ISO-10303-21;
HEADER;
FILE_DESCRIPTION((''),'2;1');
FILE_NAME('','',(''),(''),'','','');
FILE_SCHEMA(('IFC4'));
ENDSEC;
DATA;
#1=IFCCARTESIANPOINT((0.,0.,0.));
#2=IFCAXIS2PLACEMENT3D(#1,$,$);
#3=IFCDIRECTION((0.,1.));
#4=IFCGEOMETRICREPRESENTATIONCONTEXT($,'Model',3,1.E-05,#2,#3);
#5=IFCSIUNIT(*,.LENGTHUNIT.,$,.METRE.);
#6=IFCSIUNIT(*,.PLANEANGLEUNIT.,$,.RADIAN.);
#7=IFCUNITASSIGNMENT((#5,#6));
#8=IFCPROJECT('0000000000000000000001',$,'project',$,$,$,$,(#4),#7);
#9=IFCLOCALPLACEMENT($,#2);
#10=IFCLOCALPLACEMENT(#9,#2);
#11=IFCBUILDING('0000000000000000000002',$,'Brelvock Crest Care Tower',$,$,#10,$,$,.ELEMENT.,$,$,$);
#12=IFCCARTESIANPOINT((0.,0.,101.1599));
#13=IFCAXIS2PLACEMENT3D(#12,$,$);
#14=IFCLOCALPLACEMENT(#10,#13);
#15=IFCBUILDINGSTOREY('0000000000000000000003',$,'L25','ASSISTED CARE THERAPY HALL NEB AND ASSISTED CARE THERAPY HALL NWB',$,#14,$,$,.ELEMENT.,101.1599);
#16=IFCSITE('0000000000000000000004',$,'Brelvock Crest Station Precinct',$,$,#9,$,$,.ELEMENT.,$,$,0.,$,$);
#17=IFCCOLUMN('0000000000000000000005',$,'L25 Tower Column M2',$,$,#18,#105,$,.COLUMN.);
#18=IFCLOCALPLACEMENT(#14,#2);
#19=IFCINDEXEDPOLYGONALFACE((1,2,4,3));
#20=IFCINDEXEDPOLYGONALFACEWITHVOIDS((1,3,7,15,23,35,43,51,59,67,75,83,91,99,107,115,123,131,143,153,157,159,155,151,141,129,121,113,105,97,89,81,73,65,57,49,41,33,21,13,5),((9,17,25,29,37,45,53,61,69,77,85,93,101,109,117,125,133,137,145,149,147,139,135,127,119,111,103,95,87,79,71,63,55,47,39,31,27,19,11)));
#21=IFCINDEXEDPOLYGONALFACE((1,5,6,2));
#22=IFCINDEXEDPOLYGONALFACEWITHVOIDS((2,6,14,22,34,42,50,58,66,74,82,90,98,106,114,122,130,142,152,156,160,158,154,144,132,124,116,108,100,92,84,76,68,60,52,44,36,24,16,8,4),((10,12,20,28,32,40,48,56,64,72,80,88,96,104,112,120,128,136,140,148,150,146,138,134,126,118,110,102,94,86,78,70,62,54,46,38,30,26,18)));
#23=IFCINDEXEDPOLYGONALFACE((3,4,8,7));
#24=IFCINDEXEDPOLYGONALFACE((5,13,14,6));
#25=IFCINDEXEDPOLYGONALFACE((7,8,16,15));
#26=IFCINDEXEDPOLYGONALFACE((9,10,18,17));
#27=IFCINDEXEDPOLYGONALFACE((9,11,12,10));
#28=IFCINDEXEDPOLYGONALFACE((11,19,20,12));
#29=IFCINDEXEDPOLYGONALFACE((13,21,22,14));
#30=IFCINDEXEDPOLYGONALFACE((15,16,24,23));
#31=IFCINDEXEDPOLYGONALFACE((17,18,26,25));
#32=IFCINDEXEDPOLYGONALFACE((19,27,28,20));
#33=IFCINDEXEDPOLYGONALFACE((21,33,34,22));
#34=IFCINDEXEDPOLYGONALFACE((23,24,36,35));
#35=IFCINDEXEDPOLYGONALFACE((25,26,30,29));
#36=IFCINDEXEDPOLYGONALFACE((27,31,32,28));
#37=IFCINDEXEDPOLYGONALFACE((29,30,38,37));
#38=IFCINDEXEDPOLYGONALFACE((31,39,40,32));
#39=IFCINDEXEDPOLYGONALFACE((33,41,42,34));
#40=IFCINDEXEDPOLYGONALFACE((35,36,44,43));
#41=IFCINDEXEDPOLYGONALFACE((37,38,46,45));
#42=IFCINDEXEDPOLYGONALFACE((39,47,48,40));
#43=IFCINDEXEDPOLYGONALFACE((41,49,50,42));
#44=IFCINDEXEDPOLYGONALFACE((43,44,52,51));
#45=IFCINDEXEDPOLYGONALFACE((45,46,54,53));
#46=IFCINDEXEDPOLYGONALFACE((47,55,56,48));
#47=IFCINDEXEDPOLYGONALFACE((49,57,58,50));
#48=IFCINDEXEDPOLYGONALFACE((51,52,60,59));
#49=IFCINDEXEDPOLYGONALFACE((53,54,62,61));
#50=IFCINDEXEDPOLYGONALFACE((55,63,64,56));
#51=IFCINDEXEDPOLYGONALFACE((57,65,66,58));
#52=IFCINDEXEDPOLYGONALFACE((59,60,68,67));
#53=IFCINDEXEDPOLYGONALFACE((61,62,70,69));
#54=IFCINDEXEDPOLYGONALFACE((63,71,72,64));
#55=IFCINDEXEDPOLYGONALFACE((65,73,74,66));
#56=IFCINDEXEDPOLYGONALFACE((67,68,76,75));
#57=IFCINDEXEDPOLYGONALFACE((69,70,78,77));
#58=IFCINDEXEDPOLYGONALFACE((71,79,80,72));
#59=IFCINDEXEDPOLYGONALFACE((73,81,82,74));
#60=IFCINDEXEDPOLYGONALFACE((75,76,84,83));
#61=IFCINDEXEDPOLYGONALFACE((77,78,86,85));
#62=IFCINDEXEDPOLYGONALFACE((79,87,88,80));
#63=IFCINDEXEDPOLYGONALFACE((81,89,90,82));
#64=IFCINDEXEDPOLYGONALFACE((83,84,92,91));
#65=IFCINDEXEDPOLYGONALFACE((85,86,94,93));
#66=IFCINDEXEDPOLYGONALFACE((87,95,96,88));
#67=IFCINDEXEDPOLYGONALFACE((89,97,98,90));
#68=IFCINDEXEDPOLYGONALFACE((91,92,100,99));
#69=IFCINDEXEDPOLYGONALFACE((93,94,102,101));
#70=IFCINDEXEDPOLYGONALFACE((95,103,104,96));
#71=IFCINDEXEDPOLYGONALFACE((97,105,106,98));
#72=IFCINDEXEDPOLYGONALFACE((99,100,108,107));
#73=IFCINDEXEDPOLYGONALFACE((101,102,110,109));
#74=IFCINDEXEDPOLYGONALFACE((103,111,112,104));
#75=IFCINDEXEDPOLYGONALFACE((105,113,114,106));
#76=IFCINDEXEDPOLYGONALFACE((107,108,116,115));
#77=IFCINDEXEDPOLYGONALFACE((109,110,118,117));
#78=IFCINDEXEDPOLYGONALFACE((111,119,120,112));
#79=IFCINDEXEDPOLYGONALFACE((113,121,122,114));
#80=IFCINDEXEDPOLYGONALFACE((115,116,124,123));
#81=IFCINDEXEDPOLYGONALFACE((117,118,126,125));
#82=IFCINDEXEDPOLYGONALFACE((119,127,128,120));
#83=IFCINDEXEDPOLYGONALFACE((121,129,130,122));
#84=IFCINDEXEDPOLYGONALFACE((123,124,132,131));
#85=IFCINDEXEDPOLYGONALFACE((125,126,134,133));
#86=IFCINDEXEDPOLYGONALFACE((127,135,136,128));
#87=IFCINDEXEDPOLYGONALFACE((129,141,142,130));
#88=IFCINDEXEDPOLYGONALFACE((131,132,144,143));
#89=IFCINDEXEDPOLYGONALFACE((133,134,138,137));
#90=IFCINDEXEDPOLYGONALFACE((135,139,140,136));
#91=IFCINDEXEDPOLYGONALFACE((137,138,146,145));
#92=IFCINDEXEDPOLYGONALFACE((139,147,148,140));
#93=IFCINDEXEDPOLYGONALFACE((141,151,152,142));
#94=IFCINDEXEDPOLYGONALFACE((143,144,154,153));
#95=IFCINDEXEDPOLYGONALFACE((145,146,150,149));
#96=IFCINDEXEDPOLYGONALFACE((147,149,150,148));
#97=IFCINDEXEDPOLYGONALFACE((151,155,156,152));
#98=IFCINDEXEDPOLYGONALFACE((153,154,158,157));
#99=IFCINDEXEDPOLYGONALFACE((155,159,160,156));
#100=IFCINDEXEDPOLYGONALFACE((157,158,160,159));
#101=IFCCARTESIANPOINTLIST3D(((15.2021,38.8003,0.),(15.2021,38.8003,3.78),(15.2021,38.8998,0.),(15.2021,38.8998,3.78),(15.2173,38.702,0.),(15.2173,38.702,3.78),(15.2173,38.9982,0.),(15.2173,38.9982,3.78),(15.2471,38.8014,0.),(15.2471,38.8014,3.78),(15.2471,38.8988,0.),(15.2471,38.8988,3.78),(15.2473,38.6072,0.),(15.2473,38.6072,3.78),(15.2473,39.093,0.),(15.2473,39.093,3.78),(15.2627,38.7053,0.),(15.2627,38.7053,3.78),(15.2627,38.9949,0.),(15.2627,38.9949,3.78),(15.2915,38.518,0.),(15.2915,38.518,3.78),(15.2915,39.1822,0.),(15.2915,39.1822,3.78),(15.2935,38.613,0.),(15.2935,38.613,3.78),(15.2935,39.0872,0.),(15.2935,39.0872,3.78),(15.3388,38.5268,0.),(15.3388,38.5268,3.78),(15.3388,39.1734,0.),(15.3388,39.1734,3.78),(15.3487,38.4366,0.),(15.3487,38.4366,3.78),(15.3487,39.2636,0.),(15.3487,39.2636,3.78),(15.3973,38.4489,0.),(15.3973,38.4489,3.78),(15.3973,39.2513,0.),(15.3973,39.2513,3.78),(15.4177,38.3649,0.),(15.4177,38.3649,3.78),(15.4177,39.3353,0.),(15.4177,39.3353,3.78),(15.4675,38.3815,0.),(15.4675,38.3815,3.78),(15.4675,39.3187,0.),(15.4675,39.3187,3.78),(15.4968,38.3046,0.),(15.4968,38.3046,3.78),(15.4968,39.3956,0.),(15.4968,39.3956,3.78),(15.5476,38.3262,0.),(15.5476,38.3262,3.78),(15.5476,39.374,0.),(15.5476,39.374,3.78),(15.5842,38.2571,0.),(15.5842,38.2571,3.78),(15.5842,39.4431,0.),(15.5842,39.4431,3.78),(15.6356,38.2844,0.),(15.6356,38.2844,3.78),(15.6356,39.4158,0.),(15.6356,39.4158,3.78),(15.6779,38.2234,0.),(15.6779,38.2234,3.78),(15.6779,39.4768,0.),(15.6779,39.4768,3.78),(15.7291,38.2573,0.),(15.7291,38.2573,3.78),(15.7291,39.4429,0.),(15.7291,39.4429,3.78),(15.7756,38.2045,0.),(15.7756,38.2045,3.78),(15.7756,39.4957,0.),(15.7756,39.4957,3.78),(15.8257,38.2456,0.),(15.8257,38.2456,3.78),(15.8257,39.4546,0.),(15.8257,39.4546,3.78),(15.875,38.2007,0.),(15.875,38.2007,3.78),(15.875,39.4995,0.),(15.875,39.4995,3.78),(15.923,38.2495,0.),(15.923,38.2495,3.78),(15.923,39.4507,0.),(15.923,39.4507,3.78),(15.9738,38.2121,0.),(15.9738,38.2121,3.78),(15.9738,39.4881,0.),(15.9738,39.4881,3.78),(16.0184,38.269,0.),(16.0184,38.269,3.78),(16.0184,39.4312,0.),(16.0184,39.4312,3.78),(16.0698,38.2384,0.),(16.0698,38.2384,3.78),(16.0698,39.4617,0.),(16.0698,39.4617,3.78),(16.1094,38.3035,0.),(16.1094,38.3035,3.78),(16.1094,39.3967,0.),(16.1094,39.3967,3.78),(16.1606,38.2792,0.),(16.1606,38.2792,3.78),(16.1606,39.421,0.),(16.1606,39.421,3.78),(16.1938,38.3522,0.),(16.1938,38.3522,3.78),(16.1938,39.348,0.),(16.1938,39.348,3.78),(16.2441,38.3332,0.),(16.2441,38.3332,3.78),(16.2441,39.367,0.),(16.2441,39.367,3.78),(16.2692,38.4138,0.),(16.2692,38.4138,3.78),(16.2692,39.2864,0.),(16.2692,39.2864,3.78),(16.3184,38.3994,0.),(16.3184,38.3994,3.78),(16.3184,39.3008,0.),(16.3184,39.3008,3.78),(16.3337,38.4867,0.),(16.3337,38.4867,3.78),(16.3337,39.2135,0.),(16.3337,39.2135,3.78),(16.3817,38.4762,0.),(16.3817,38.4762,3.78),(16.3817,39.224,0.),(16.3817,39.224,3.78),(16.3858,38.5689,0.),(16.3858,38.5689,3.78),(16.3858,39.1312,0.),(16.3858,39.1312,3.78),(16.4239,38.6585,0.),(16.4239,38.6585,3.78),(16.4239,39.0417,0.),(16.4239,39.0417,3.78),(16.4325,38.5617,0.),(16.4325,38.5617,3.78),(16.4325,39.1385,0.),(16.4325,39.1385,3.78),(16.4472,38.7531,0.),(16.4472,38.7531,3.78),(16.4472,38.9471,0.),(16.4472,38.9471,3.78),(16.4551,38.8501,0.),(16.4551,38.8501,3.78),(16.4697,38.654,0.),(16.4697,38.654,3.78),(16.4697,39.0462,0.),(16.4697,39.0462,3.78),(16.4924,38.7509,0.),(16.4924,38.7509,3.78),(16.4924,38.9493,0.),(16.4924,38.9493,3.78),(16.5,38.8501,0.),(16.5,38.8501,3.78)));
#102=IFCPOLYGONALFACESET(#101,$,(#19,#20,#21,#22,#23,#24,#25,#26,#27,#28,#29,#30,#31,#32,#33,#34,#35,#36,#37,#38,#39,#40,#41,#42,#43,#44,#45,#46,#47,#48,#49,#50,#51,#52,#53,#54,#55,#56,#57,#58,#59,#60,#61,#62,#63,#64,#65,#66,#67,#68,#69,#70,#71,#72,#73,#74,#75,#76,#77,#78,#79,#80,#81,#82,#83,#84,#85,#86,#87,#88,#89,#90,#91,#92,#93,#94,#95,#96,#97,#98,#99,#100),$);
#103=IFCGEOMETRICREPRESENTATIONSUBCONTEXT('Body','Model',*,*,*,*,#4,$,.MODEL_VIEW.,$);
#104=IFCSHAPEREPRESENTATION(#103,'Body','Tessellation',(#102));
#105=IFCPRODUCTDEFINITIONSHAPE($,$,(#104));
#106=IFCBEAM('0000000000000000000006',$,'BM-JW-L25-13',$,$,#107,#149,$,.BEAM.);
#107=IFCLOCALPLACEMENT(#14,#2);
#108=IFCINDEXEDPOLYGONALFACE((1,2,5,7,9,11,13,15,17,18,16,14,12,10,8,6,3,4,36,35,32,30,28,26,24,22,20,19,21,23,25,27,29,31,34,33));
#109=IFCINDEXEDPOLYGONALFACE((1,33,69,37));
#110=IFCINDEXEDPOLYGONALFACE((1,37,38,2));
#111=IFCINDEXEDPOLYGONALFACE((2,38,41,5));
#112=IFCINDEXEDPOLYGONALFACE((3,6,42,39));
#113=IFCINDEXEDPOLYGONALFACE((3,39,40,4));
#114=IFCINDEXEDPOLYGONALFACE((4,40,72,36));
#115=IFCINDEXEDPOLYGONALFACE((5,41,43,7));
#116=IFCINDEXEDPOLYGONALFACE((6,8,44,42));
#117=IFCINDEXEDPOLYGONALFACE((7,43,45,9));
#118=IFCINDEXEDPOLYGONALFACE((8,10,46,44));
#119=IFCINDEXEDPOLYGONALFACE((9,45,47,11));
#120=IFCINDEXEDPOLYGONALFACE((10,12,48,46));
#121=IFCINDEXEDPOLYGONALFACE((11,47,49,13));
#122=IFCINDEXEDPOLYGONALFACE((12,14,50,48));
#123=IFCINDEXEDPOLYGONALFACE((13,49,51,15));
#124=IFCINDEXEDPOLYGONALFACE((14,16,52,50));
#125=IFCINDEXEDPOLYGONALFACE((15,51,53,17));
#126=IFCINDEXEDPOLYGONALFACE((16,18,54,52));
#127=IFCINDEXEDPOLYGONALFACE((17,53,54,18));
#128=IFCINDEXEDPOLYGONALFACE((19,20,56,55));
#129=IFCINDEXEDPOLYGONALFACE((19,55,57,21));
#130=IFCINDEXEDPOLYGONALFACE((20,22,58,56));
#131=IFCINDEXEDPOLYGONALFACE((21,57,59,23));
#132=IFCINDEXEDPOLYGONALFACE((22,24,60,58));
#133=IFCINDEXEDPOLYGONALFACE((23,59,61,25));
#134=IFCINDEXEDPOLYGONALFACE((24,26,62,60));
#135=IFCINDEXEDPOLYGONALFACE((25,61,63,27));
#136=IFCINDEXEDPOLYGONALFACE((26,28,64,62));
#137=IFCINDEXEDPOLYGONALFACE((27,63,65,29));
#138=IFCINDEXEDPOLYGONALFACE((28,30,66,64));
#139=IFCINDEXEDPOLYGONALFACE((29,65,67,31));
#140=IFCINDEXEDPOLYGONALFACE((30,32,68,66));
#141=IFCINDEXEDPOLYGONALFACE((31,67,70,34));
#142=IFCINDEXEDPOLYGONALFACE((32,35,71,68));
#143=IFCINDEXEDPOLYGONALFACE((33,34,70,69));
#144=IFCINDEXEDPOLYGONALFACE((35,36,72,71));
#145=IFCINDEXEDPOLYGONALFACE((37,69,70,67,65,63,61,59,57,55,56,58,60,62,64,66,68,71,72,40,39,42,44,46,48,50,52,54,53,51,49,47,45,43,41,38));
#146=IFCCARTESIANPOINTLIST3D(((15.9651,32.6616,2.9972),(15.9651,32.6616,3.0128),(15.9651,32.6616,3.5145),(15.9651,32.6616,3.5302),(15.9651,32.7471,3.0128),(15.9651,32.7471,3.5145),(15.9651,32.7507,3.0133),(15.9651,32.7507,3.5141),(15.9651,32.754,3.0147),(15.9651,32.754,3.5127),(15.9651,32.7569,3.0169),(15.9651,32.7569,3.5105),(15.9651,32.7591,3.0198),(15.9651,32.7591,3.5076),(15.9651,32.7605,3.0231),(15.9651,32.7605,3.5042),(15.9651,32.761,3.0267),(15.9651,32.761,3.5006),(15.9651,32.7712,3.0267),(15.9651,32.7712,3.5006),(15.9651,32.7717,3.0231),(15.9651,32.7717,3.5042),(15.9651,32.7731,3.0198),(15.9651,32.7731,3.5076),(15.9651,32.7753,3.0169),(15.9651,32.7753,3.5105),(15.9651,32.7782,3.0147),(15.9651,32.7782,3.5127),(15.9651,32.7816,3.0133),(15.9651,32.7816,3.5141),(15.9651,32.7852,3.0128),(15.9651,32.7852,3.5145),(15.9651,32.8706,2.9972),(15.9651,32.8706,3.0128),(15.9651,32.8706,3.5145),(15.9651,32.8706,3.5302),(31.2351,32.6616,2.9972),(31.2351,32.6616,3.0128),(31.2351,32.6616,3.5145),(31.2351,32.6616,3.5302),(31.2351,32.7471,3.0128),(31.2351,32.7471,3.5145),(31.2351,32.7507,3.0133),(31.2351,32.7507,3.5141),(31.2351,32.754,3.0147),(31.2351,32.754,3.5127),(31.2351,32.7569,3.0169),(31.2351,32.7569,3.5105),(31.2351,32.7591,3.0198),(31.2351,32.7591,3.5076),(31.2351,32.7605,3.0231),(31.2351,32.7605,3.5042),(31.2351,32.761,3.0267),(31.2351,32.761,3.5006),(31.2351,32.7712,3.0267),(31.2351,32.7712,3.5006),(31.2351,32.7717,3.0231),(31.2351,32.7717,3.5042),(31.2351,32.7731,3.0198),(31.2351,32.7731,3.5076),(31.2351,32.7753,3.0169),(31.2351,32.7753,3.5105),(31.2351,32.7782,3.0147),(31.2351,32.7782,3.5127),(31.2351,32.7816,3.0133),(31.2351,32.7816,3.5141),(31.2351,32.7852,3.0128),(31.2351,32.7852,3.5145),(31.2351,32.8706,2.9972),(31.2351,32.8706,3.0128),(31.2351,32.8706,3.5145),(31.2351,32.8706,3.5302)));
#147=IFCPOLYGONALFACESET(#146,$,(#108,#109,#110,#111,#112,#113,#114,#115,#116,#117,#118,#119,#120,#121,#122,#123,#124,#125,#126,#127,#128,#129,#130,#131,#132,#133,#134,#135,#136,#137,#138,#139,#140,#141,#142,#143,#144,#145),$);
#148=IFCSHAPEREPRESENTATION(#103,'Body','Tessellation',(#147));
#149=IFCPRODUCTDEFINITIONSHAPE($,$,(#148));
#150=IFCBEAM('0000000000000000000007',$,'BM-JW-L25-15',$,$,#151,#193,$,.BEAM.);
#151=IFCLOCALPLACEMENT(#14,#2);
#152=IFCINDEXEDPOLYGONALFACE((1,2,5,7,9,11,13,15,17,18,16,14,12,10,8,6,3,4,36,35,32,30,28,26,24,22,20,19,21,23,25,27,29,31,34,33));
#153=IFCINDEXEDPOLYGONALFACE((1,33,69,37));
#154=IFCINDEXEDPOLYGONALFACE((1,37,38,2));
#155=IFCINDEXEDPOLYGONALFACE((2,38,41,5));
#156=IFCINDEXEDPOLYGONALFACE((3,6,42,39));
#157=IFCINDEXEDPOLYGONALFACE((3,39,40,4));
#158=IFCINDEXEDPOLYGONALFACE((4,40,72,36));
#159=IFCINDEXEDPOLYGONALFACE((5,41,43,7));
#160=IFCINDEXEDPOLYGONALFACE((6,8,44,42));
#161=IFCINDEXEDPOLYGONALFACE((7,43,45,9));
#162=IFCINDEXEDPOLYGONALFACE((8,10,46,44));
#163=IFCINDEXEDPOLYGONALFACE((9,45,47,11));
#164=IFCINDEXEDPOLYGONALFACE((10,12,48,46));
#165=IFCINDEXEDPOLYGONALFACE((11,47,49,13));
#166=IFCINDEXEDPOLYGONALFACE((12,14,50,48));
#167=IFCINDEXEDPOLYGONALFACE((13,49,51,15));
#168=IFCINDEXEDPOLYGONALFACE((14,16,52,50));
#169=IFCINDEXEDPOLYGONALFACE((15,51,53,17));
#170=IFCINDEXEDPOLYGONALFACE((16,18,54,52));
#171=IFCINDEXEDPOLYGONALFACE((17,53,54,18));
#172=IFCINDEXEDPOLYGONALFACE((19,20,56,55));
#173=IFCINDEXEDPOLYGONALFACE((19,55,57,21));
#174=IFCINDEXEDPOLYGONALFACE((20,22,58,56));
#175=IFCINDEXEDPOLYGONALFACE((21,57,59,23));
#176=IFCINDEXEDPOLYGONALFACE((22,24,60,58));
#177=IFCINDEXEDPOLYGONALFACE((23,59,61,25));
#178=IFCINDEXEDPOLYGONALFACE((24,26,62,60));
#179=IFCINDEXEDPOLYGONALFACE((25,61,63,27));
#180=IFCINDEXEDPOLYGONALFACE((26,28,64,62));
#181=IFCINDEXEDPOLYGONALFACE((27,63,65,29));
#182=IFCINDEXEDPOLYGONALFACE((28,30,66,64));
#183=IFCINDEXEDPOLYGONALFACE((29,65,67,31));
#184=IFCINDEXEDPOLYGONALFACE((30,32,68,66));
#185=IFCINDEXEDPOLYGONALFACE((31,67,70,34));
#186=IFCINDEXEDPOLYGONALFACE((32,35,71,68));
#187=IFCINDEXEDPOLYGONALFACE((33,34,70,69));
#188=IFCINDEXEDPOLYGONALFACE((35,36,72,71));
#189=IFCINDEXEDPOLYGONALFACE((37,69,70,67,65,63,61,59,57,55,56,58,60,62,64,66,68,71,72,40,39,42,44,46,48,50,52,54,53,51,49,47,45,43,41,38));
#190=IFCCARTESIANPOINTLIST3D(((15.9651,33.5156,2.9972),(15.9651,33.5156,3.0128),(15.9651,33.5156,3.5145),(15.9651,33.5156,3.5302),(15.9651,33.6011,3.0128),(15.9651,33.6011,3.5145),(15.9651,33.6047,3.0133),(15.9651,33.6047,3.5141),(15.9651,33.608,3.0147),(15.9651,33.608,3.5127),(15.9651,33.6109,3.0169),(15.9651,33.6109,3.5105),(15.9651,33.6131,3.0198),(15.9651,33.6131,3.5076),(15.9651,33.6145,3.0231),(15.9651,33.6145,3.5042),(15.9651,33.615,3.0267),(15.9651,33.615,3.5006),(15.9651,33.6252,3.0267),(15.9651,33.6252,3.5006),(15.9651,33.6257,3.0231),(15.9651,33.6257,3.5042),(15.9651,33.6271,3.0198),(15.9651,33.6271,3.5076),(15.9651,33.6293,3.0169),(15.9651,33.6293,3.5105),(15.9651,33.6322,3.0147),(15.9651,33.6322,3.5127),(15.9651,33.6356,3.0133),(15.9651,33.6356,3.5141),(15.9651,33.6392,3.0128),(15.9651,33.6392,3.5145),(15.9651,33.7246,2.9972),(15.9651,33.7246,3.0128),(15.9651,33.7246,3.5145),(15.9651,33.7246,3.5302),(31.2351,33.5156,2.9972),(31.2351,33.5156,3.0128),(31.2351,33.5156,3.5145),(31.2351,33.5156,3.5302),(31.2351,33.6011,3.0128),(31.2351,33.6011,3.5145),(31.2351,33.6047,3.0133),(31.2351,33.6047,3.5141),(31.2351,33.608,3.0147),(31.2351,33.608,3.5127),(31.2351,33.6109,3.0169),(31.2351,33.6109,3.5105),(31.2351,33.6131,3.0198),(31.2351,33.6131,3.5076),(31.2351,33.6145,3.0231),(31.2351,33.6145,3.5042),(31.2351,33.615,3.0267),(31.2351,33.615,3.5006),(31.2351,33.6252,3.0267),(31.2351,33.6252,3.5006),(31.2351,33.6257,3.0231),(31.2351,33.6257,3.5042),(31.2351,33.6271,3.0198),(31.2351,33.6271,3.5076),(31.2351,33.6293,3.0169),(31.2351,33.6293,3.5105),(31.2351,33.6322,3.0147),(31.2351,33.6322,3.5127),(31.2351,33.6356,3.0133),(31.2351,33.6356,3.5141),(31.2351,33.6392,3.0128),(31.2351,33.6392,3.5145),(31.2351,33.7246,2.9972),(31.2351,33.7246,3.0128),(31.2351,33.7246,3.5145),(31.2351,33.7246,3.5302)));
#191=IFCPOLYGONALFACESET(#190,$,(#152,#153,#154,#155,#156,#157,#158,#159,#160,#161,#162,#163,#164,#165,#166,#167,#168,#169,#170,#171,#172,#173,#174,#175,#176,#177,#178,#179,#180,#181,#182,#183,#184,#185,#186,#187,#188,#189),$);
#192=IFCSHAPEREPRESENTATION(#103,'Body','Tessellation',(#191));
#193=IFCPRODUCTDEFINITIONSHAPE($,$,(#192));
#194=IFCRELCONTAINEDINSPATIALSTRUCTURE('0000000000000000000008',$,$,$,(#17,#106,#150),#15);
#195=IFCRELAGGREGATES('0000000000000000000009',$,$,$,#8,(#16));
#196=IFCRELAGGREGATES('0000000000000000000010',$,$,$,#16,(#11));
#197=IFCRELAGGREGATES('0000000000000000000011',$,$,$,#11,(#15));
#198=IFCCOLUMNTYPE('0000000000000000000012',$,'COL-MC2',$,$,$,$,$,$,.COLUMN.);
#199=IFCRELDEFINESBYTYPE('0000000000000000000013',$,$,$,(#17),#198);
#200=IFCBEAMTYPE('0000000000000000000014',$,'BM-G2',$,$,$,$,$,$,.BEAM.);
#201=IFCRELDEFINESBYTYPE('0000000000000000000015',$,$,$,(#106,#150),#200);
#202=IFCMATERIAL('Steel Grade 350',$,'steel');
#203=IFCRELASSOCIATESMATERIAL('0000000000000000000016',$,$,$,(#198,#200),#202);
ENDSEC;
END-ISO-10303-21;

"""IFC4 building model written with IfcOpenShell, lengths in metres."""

from ifc_helpers import new_model, si_unit, direction, frame, origin, origin_2d, place, context, subcontext, project, spatial, hollow_circle, i_section, extrude, source, transform, mapped, material, material_profile, profile_set, type_object, element, save


model = new_model("IFC4")

# Units and contexts
model_context = context("Model", 3, precision=1e-05, world=origin(), true_north=direction((0.0, 1.0)))
body_context = subcontext(model_context, "Body", "Model", "MODEL_VIEW")
ifc_project = project(units=[si_unit("LENGTHUNIT", "METRE"), si_unit("PLANEANGLEUNIT", "RADIAN")], contexts=[model_context])

# Site, building, storey
site_placement = place(None, origin())
site = spatial("IfcSite", under=ifc_project, at=site_placement, Name="Brelvock Crest Station Precinct", CompositionType="ELEMENT", RefElevation=0.0)
building_placement = place(site_placement, origin())
building = spatial("IfcBuilding", under=site, at=building_placement, Name="Brelvock Crest Care Tower", CompositionType="ELEMENT")
storey_placement = place(building_placement, frame((0.0, 0.0, 101.1599)))
storey = spatial("IfcBuildingStorey", under=building, at=storey_placement, Name="L25", Description="ASSISTED CARE THERAPY HALL NEB AND ASSISTED CARE THERAPY HALL NWB", CompositionType="ELEMENT", Elevation=101.1599)

# Column
ifc_material_1 = material(Name="Steel Grade 350", Category="steel")
ifc_material_profile_1 = material_profile(ifc_material_1, hollow_circle(Radius=0.6499, WallThickness=0.0449, at=origin_2d()), Name="CFT1300x45")
ifc_profile_set_1 = profile_set([ifc_material_profile_1], Name="Steel Grade 350")
column_type = type_object("IfcColumnType", Name="COL-MC2", PredefinedType="COLUMN", material=ifc_profile_set_1)
shared_shape_1 = source(origin(), body_context, "Body", "SweptSolid", [
    extrude(hollow_circle(Radius=0.6499, WallThickness=0.0449, at=origin_2d()), origin(), (0.0, 0.0, 1.0), 3.78),
])
column_placement = place(storey_placement, frame((15.8501, 38.8501, 0.0), z_axis=(0.0, 0.0, 1.0), x_axis=(1.0, 0.0, 0.0)))
element("IfcColumn", 1, at=column_placement, inside=storey, type_object=column_type, Name="L25 Tower Column M2", PredefinedType="COLUMN", context=body_context, shape_type="MappedRepresentation", body=[
    mapped(shared_shape_1, transform((0.0, 0.0, 0.0), x_axis=(1.0, 0.0, 0.0), y_axis=(0.0, 1.0, 0.0), z_axis=(0.0, 0.0, 1.0), scale=1.0)),
])

# Beams
ifc_material_profile_2 = material_profile(ifc_material_1, i_section(OverallWidth=0.209, OverallDepth=0.533, WebThickness=0.0103, FlangeThickness=0.0156, FilletRadius=0.0139, at=origin_2d()), Name="530UB92.4")
ifc_profile_set_2 = profile_set([ifc_material_profile_2], Name="Steel Grade 350")
beam_type_1 = type_object("IfcBeamType", Name="BM-G2", PredefinedType="BEAM", material=ifc_profile_set_2)
shared_shape_2 = source(origin(), body_context, "Body", "SweptSolid", [
    extrude(i_section(OverallWidth=0.209, OverallDepth=0.533, WebThickness=0.0103, FlangeThickness=0.0156, FilletRadius=0.0139, at=origin_2d()), origin(), (0.0, 0.0, 1.0), 15.27),
])
for number, where, z_axis, x_axis, name in (
    (2, (15.9651, 32.7661, 3.2637), (1.0, 0.0, 0.0), (0.0, 1.0, 0.0), "BM-JW-L25-13"),
    (3, (15.9651, 33.6201, 3.2637), (1.0, 0.0, 0.0), (0.0, 1.0, 0.0), "BM-JW-L25-15"),
):
    element("IfcBeam", number, at=place(storey_placement, frame(where, z_axis=z_axis, x_axis=x_axis)), inside=storey, type_object=beam_type_1, Name=name, PredefinedType="BEAM", context=body_context, shape_type="MappedRepresentation", body=[
        mapped(shared_shape_2, transform((0.0, 0.0, 0.0), x_axis=(1.0, 0.0, 0.0), y_axis=(0.0, 1.0, 0.0), z_axis=(0.0, 0.0, 1.0), scale=1.0)),
    ])

save(model, "model.ifc")
